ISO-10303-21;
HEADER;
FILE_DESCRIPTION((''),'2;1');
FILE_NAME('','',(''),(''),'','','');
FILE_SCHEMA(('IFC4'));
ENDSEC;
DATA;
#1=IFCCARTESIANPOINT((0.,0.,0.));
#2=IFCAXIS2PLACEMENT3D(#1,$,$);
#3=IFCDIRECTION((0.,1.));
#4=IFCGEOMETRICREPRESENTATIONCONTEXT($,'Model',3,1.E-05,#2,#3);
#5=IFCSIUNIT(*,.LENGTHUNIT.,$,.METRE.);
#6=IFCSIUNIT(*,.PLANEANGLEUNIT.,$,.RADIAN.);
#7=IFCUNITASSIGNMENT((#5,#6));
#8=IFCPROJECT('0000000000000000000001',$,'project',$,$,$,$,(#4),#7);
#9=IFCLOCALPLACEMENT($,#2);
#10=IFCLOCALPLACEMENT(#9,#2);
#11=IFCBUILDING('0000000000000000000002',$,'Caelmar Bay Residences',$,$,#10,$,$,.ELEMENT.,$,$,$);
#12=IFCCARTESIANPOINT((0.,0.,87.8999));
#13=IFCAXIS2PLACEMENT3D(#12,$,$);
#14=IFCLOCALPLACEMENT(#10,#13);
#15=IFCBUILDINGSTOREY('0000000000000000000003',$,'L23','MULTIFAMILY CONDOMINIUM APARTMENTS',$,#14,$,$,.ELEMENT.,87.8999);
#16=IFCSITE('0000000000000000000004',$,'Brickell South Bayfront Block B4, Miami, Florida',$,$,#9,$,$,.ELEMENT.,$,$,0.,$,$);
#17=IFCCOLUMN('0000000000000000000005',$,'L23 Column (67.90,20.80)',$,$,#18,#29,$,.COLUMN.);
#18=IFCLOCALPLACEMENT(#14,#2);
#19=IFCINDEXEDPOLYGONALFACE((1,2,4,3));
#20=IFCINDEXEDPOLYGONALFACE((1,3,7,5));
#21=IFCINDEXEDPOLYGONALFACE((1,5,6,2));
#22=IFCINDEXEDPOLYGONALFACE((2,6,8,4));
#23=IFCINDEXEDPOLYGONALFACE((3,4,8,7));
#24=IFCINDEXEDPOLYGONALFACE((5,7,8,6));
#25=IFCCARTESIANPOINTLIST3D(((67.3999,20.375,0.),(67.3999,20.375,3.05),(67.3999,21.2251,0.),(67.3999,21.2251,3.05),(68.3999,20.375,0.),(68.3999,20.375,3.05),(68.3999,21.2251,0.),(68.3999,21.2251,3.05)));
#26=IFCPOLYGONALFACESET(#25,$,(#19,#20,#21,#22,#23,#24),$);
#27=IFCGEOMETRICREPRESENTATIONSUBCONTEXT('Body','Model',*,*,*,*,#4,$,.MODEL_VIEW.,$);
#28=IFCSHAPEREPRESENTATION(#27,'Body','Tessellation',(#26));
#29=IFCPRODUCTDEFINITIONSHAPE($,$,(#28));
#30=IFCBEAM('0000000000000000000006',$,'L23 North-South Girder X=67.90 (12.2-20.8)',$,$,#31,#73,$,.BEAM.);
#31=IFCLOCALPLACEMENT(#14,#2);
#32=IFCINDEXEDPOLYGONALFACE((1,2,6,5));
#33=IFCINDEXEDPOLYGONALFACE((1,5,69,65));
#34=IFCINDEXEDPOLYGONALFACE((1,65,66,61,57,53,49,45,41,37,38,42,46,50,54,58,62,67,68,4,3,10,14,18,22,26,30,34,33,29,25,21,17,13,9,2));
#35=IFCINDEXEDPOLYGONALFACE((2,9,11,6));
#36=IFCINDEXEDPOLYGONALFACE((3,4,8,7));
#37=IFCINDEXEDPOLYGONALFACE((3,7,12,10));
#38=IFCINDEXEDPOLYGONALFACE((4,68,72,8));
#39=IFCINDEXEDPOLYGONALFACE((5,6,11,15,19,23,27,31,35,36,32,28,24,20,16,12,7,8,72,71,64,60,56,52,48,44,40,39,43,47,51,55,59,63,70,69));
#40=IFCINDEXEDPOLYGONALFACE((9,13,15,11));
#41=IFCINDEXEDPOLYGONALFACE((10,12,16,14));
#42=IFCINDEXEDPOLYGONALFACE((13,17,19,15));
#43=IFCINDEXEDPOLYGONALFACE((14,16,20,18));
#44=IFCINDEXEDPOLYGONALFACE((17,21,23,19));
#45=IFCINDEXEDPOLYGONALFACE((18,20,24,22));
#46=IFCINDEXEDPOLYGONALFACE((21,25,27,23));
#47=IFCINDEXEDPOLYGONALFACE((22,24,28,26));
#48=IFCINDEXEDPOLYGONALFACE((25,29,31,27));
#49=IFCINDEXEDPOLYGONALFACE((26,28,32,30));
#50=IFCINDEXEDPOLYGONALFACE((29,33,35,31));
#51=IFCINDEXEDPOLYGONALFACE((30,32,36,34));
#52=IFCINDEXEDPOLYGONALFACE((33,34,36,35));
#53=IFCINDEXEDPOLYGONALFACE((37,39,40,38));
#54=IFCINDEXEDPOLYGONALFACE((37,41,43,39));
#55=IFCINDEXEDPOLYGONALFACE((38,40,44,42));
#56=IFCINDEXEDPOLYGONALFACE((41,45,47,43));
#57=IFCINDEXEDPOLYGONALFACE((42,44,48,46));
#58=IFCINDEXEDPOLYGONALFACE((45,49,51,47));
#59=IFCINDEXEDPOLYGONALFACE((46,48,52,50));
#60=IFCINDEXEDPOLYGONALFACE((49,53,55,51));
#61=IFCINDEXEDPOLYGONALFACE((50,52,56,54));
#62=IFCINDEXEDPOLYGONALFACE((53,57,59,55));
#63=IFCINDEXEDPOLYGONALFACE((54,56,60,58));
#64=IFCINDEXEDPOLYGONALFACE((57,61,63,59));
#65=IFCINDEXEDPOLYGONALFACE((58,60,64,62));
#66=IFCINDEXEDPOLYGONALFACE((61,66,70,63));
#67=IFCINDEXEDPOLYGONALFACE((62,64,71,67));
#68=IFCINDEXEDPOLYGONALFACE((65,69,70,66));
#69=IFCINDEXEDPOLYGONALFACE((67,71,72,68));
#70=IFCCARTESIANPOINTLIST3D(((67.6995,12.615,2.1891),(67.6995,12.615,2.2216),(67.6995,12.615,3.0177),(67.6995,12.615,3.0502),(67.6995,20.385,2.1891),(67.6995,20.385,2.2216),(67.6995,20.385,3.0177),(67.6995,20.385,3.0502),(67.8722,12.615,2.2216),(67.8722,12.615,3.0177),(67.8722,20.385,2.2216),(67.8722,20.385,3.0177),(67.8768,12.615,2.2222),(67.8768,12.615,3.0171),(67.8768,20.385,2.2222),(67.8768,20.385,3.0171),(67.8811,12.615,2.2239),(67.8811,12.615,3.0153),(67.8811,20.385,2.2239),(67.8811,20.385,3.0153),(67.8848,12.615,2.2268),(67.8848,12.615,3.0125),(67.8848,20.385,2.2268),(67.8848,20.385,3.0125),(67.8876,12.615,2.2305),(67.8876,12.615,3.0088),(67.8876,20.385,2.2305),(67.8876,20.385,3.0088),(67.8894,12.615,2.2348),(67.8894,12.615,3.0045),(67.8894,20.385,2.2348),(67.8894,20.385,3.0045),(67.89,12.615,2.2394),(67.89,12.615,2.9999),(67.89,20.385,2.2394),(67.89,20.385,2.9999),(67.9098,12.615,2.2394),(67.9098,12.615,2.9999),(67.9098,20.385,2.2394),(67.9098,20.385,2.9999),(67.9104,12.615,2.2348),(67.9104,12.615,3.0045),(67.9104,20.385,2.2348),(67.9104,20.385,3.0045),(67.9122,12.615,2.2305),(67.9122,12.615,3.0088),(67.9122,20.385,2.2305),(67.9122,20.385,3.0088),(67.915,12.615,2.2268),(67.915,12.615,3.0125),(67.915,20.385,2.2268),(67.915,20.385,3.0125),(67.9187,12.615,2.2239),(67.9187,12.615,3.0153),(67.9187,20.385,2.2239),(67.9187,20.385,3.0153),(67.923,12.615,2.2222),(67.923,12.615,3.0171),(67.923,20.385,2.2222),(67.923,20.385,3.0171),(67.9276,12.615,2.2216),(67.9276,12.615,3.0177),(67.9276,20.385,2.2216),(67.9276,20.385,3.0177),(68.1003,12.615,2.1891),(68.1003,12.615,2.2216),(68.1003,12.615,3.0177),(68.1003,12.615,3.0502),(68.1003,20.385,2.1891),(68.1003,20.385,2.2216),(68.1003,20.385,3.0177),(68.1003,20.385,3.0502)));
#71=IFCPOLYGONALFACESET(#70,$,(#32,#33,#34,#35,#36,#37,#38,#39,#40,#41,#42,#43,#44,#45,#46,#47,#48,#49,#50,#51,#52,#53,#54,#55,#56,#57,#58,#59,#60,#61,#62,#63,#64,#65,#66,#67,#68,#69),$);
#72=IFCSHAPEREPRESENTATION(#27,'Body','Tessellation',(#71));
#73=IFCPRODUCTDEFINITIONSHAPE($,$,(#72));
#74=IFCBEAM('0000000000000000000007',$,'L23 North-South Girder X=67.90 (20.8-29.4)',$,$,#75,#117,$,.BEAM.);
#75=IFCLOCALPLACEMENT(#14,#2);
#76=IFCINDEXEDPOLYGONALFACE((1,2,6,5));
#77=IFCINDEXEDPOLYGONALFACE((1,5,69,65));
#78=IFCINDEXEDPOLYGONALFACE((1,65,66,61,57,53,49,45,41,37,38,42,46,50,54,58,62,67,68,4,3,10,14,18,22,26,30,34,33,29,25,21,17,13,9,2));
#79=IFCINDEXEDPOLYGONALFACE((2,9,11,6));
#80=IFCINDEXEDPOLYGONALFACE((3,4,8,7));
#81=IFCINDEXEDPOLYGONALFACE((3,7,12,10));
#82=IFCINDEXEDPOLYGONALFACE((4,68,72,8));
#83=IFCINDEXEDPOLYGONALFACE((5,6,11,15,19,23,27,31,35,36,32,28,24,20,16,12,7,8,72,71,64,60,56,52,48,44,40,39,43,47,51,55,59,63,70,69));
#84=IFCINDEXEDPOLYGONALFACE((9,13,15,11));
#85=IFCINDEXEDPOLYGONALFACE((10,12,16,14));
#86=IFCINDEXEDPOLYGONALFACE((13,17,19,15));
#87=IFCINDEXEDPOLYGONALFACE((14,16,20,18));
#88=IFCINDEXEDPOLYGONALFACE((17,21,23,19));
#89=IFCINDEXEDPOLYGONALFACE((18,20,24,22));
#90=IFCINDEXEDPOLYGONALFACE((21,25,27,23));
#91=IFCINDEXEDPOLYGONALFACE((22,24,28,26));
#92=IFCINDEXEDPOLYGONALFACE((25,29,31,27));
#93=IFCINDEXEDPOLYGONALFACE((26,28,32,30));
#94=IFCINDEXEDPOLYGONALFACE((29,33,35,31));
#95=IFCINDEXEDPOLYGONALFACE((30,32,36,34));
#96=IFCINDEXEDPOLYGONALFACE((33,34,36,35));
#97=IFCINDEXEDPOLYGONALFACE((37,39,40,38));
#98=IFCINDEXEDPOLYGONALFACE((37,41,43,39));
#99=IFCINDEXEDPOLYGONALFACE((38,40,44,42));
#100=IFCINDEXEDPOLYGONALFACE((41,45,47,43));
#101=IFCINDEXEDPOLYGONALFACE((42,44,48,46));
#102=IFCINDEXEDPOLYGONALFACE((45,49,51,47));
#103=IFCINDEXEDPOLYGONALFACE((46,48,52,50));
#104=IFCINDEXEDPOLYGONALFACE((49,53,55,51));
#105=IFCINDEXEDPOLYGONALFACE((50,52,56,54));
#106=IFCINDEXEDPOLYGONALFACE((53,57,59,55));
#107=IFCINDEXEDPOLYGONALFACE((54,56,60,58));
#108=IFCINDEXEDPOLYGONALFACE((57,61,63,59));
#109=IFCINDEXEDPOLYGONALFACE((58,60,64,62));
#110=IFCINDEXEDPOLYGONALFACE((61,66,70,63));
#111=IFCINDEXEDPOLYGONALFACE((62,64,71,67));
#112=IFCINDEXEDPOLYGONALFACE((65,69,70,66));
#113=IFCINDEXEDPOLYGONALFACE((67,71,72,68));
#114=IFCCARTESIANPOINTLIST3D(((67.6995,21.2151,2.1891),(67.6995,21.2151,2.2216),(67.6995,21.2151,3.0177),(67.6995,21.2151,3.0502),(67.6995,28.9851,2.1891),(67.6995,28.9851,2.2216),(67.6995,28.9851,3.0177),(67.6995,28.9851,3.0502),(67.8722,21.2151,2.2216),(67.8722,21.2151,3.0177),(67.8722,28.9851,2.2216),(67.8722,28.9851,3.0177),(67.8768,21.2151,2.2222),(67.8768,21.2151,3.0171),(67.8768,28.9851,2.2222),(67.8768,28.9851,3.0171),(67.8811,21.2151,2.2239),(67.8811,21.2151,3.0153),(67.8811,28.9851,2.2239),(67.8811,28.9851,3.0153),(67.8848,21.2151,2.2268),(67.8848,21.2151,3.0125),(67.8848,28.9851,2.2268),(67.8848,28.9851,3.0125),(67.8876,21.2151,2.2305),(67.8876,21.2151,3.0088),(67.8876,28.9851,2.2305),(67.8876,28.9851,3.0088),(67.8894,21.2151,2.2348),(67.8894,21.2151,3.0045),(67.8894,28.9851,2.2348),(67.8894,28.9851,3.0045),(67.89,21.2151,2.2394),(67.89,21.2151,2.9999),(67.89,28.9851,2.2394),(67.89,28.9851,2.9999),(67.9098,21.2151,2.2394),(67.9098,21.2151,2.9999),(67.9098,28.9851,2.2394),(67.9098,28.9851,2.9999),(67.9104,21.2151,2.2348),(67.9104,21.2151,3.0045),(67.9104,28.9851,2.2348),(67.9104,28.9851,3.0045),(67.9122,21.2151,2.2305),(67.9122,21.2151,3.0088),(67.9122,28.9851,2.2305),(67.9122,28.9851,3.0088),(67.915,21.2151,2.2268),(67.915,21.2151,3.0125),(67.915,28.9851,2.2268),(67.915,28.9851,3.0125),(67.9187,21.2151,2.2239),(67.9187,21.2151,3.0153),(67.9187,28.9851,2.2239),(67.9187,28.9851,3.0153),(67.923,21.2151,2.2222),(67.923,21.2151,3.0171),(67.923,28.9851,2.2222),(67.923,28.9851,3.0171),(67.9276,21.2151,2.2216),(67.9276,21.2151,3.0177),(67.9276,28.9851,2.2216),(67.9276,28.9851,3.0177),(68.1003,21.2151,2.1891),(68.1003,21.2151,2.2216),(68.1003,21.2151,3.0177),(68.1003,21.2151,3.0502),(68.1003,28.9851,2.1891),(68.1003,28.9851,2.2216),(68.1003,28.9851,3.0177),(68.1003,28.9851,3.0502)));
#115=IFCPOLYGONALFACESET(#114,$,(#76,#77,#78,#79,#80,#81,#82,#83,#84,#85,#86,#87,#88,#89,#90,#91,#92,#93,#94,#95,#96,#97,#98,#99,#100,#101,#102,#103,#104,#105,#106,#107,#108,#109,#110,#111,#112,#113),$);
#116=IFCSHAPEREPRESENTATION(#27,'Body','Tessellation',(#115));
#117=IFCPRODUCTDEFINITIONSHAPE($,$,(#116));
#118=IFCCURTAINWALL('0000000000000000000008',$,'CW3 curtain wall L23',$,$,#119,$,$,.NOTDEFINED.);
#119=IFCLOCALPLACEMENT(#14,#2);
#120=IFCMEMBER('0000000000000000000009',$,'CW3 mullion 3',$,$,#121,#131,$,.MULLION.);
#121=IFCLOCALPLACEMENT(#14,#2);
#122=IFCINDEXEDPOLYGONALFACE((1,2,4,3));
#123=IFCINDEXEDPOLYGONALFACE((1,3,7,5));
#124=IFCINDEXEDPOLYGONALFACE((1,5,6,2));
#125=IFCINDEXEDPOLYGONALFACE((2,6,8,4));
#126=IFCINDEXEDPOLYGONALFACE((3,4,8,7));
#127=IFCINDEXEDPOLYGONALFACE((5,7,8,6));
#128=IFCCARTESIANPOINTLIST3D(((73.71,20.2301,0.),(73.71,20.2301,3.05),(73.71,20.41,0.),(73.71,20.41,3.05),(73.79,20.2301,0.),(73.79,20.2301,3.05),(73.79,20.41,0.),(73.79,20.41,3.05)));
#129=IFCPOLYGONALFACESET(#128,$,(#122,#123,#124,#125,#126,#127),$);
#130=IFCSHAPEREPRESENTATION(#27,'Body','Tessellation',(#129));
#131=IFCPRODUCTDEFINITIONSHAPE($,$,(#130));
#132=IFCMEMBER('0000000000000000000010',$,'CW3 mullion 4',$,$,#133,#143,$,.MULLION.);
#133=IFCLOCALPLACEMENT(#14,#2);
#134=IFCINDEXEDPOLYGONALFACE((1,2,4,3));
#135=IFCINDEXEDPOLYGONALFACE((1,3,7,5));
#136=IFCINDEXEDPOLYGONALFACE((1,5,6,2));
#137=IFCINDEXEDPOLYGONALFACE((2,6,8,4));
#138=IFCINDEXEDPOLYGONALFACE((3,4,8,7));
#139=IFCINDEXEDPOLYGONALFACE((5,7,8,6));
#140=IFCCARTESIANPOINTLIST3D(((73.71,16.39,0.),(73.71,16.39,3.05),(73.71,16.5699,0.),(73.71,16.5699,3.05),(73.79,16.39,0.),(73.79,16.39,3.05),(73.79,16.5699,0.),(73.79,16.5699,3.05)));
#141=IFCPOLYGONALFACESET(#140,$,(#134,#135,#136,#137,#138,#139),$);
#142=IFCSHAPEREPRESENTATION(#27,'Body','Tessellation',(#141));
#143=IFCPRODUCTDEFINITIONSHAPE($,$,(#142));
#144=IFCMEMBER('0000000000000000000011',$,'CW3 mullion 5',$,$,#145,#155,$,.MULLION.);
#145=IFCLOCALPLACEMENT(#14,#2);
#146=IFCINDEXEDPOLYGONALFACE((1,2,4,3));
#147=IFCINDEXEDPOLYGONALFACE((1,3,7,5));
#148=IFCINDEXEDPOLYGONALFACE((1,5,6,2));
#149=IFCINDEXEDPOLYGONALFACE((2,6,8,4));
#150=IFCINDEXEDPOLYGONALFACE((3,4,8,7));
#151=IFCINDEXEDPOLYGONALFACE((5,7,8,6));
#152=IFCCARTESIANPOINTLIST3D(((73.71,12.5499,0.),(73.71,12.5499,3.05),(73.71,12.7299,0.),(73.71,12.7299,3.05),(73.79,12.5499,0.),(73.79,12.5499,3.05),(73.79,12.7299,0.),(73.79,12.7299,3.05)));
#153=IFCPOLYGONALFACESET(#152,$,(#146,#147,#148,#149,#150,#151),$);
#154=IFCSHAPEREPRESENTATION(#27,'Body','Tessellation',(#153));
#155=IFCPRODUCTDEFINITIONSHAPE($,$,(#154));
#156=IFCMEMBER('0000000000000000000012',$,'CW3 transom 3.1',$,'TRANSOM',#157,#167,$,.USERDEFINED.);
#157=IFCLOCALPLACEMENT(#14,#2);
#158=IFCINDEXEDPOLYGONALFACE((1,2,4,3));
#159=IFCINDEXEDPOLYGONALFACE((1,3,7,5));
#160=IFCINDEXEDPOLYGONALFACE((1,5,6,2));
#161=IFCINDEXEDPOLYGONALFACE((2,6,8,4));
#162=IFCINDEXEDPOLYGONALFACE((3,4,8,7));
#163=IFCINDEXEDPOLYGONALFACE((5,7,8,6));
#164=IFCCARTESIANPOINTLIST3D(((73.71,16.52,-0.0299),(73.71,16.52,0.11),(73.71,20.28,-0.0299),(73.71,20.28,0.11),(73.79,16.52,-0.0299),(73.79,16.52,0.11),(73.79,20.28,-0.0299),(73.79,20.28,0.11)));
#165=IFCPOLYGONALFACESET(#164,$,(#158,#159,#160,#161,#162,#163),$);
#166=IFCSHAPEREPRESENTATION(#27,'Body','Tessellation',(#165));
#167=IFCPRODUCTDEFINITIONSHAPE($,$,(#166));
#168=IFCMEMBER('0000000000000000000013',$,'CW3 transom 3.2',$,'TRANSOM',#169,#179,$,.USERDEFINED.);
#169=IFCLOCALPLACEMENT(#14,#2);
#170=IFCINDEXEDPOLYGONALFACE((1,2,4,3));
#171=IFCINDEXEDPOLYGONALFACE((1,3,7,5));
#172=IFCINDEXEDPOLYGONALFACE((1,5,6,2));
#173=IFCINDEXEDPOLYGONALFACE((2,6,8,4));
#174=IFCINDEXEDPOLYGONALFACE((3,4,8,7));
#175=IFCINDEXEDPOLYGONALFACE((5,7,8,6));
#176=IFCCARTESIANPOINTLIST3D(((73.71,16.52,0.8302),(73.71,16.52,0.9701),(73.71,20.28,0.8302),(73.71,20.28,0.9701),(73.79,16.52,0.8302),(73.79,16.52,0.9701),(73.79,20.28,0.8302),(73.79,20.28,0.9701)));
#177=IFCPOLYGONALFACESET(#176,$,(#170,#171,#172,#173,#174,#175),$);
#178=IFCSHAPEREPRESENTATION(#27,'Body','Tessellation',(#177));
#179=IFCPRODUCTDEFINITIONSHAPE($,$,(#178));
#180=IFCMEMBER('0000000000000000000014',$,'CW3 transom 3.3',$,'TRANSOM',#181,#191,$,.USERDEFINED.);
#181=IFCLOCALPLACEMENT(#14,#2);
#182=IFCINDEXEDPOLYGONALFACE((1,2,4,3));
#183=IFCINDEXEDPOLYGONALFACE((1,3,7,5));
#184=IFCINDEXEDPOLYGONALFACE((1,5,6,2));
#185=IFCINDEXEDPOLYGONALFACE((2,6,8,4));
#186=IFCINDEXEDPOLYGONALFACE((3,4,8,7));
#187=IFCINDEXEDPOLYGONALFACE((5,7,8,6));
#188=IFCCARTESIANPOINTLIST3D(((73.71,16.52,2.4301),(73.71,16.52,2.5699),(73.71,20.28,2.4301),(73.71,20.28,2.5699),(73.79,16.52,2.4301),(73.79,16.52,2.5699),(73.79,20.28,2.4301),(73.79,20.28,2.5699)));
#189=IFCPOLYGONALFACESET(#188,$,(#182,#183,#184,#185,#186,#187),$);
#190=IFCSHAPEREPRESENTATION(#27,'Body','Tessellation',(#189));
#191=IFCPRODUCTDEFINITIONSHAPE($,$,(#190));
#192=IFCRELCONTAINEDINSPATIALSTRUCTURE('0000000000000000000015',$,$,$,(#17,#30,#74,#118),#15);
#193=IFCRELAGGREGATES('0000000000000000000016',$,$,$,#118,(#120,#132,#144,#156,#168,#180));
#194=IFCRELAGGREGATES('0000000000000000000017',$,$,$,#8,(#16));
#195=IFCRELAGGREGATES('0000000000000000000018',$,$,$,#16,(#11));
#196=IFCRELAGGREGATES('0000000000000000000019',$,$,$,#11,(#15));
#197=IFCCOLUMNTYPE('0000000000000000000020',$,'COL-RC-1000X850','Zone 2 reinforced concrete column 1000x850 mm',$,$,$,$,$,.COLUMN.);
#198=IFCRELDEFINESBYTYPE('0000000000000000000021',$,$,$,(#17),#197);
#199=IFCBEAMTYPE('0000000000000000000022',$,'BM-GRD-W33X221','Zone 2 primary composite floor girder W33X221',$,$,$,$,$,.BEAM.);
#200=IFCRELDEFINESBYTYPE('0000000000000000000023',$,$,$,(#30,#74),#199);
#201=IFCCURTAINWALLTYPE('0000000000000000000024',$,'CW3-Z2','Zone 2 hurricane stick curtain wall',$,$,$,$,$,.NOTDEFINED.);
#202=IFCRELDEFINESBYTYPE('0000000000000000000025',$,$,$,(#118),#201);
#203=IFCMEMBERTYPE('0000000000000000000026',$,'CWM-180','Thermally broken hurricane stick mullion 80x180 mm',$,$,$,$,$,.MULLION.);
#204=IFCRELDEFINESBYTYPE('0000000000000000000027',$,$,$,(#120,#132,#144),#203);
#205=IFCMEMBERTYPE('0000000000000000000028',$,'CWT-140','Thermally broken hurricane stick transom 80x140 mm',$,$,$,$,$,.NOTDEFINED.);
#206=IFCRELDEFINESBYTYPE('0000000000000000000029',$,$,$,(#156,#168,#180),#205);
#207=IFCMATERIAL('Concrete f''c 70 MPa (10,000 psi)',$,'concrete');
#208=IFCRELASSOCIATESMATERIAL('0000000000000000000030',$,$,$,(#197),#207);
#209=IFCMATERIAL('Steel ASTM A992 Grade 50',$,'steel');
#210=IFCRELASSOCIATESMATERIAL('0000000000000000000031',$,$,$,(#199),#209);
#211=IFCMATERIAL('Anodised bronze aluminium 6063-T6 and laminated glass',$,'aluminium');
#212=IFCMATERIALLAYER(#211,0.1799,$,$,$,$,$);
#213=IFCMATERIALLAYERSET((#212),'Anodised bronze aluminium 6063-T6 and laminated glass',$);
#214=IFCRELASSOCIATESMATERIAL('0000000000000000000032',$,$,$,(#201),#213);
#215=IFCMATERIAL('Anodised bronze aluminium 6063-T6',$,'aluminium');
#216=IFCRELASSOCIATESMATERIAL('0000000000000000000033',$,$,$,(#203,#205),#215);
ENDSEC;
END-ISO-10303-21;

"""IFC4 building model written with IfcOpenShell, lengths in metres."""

from ifc_helpers import new_model, si_unit, direction, frame, origin, origin_2d, place, context, subcontext, project, spatial, rectangle, i_section, extrude, material, layer, layer_set, material_profile, profile_set, type_object, element, aggregate, save


model = new_model("IFC4")

# Units and contexts
model_context = context("Model", 3, precision=1e-05, world=origin(), true_north=direction((0.0, 1.0)))
body_context = subcontext(model_context, "Body", "Model", "MODEL_VIEW")
ifc_project = project(units=[si_unit("LENGTHUNIT", "METRE"), si_unit("PLANEANGLEUNIT", "RADIAN")], contexts=[model_context])

# Site, building, storey
site_placement = place(None, origin())
site = spatial("IfcSite", under=ifc_project, at=site_placement, Name="Brickell South Bayfront Block B4, Miami, Florida", CompositionType="ELEMENT", RefElevation=0.0)
building_placement = place(site_placement, origin())
building = spatial("IfcBuilding", under=site, at=building_placement, Name="Caelmar Bay Residences", CompositionType="ELEMENT")
storey_placement = place(building_placement, frame((0.0, 0.0, 87.8999)))
storey = spatial("IfcBuildingStorey", under=building, at=storey_placement, Name="L23", Description="MULTIFAMILY CONDOMINIUM APARTMENTS", CompositionType="ELEMENT", Elevation=87.8999)

# Column
ifc_material_1 = material(Name="Concrete f'c 70 MPa (10,000 psi)", Category="concrete")
ifc_material_profile_1 = material_profile(ifc_material_1, rectangle(XDim=1.0, YDim=0.8501, at=origin_2d()), Name="RC-COL-1000X850")
ifc_profile_set_1 = profile_set([ifc_material_profile_1], Name="Concrete f'c 70 MPa (10,000 psi)")
column_type = type_object("IfcColumnType", Name="COL-RC-1000X850", Description="Zone 2 reinforced concrete column 1000x850 mm", PredefinedType="COLUMN", material=ifc_profile_set_1)
column_placement = place(storey_placement, frame((67.8999, 20.8, 0.0), z_axis=(0.0, 0.0, 1.0), x_axis=(1.0, 0.0, 0.0)))
element("IfcColumn", 1, at=column_placement, inside=storey, type_object=column_type, Name="L23 Column (67.90,20.80)", PredefinedType="COLUMN", context=body_context, shape_type="SweptSolid", body=[
    extrude(rectangle(XDim=1.0, YDim=0.8501, at=origin_2d()), origin(), (0.0, 0.0, 1.0), 3.05),
])

# Beams
ifc_material_2 = material(Name="Steel ASTM A992 Grade 50", Category="steel")
ifc_material_profile_2 = material_profile(ifc_material_2, i_section(OverallWidth=0.4009, OverallDepth=0.8611, WebThickness=0.0198, FlangeThickness=0.0325, FilletRadius=0.0178, at=origin_2d()), Name="W33X221")
ifc_profile_set_2 = profile_set([ifc_material_profile_2], Name="Steel ASTM A992 Grade 50")
beam_type = type_object("IfcBeamType", Name="BM-GRD-W33X221", Description="Zone 2 primary composite floor girder W33X221", PredefinedType="BEAM", material=ifc_profile_set_2)
for number, where, z_axis, x_axis, name in (
    (2, (67.8999, 12.615, 2.6196), (0.0, 1.0, 0.0), (-1.0, 0.0, 0.0), "L23 North-South Girder X=67.90 (12.2-20.8)"),
    (3, (67.8999, 21.2151, 2.6196), (0.0, 1.0, 0.0), (-1.0, 0.0, 0.0), "L23 North-South Girder X=67.90 (20.8-29.4)"),
):
    element("IfcBeam", number, at=place(storey_placement, frame(where, z_axis=z_axis, x_axis=x_axis)), inside=storey, type_object=beam_type, Name=name, PredefinedType="BEAM", context=body_context, shape_type="SweptSolid", body=[
        extrude(i_section(OverallWidth=0.4009, OverallDepth=0.8611, WebThickness=0.0198, FlangeThickness=0.0325, FilletRadius=0.0178, at=origin_2d()), origin(), (0.0, 0.0, 1.0), 7.77),
    ])

# Curtain wall, members
ifc_material_3 = material(Name="Anodised bronze aluminium 6063-T6 and laminated glass", Category="aluminium")
ifc_layer_1 = layer(ifc_material_3, 0.1799)
ifc_layer_set_1 = layer_set([ifc_layer_1], Name="Anodised bronze aluminium 6063-T6 and laminated glass")
curtain_wall_type = type_object("IfcCurtainWallType", Name="CW3-Z2", Description="Zone 2 hurricane stick curtain wall", PredefinedType="NOTDEFINED", material=ifc_layer_set_1)
curtain_wall_placement = place(storey_placement, origin())
curtain_wall = element("IfcCurtainWall", 4, at=curtain_wall_placement, inside=storey, type_object=curtain_wall_type, Name="CW3 curtain wall L23", PredefinedType="NOTDEFINED")
ifc_material_4 = material(Name="Anodised bronze aluminium 6063-T6", Category="aluminium")
ifc_material_profile_3 = material_profile(ifc_material_4, rectangle(XDim=0.0801, YDim=0.1799, at=origin_2d()), Name="CWM-80X180")
ifc_profile_set_3 = profile_set([ifc_material_profile_3], Name="Anodised bronze aluminium 6063-T6")
member_type_1 = type_object("IfcMemberType", Name="CWM-180", Description="Thermally broken hurricane stick mullion 80x180 mm", PredefinedType="MULLION", material=ifc_profile_set_3)
member_1_placement = place(storey_placement, frame((73.75, 20.3201, 0.0), z_axis=(0.0, 0.0, 1.0), x_axis=(1.0, 0.0, 0.0)))
member_1 = element("IfcMember", 5, at=member_1_placement, type_object=member_type_1, Name="CW3 mullion 3", PredefinedType="MULLION", context=body_context, shape_type="SweptSolid", body=[
    extrude(rectangle(XDim=0.0801, YDim=0.1799, at=origin_2d()), origin(), (0.0, 0.0, 1.0), 3.05),
])
member_2_placement = place(storey_placement, frame((73.75, 16.48, 0.0), z_axis=(0.0, 0.0, 1.0), x_axis=(1.0, 0.0, 0.0)))
member_2 = element("IfcMember", 6, at=member_2_placement, type_object=member_type_1, Name="CW3 mullion 4", PredefinedType="MULLION", context=body_context, shape_type="SweptSolid", body=[
    extrude(rectangle(XDim=0.0801, YDim=0.1799, at=origin_2d()), origin(), (0.0, 0.0, 1.0), 3.05),
])
member_3_placement = place(storey_placement, frame((73.75, 12.6399, 0.0), z_axis=(0.0, 0.0, 1.0), x_axis=(1.0, 0.0, 0.0)))
member_3 = element("IfcMember", 7, at=member_3_placement, type_object=member_type_1, Name="CW3 mullion 5", PredefinedType="MULLION", context=body_context, shape_type="SweptSolid", body=[
    extrude(rectangle(XDim=0.0801, YDim=0.1799, at=origin_2d()), origin(), (0.0, 0.0, 1.0), 3.05),
])
ifc_material_profile_4 = material_profile(ifc_material_4, rectangle(XDim=0.0801, YDim=0.1399, at=origin_2d()), Name="CWT-80X140")
ifc_profile_set_4 = profile_set([ifc_material_profile_4], Name="Anodised bronze aluminium 6063-T6")
member_type_2 = type_object("IfcMemberType", Name="CWT-140", Description="Thermally broken hurricane stick transom 80x140 mm", PredefinedType="NOTDEFINED", material=ifc_profile_set_4)
member_4_placement = place(storey_placement, frame((73.75, 20.28, 0.04), z_axis=(0.0, -1.0, 0.0), x_axis=(1.0, 0.0, 0.0)))
member_4 = element("IfcMember", 8, at=member_4_placement, type_object=member_type_2, Name="CW3 transom 3.1", ObjectType="TRANSOM", PredefinedType="USERDEFINED", context=body_context, shape_type="SweptSolid", body=[
    extrude(rectangle(XDim=0.0801, YDim=0.1399, at=origin_2d()), origin(), (0.0, 0.0, 1.0), 3.76),
])
member_5_placement = place(storey_placement, frame((73.75, 20.28, 0.9001), z_axis=(0.0, -1.0, 0.0), x_axis=(1.0, 0.0, 0.0)))
member_5 = element("IfcMember", 9, at=member_5_placement, type_object=member_type_2, Name="CW3 transom 3.2", ObjectType="TRANSOM", PredefinedType="USERDEFINED", context=body_context, shape_type="SweptSolid", body=[
    extrude(rectangle(XDim=0.0801, YDim=0.1399, at=origin_2d()), origin(), (0.0, 0.0, 1.0), 3.76),
])
member_6_placement = place(storey_placement, frame((73.75, 20.28, 2.5), z_axis=(0.0, -1.0, 0.0), x_axis=(1.0, 0.0, 0.0)))
member_6 = element("IfcMember", 10, at=member_6_placement, type_object=member_type_2, Name="CW3 transom 3.3", ObjectType="TRANSOM", PredefinedType="USERDEFINED", context=body_context, shape_type="SweptSolid", body=[
    extrude(rectangle(XDim=0.0801, YDim=0.1399, at=origin_2d()), origin(), (0.0, 0.0, 1.0), 3.76),
])
aggregate(curtain_wall, [member_1, member_2, member_3, member_4, member_5, member_6])

save(model, "model.ifc")
